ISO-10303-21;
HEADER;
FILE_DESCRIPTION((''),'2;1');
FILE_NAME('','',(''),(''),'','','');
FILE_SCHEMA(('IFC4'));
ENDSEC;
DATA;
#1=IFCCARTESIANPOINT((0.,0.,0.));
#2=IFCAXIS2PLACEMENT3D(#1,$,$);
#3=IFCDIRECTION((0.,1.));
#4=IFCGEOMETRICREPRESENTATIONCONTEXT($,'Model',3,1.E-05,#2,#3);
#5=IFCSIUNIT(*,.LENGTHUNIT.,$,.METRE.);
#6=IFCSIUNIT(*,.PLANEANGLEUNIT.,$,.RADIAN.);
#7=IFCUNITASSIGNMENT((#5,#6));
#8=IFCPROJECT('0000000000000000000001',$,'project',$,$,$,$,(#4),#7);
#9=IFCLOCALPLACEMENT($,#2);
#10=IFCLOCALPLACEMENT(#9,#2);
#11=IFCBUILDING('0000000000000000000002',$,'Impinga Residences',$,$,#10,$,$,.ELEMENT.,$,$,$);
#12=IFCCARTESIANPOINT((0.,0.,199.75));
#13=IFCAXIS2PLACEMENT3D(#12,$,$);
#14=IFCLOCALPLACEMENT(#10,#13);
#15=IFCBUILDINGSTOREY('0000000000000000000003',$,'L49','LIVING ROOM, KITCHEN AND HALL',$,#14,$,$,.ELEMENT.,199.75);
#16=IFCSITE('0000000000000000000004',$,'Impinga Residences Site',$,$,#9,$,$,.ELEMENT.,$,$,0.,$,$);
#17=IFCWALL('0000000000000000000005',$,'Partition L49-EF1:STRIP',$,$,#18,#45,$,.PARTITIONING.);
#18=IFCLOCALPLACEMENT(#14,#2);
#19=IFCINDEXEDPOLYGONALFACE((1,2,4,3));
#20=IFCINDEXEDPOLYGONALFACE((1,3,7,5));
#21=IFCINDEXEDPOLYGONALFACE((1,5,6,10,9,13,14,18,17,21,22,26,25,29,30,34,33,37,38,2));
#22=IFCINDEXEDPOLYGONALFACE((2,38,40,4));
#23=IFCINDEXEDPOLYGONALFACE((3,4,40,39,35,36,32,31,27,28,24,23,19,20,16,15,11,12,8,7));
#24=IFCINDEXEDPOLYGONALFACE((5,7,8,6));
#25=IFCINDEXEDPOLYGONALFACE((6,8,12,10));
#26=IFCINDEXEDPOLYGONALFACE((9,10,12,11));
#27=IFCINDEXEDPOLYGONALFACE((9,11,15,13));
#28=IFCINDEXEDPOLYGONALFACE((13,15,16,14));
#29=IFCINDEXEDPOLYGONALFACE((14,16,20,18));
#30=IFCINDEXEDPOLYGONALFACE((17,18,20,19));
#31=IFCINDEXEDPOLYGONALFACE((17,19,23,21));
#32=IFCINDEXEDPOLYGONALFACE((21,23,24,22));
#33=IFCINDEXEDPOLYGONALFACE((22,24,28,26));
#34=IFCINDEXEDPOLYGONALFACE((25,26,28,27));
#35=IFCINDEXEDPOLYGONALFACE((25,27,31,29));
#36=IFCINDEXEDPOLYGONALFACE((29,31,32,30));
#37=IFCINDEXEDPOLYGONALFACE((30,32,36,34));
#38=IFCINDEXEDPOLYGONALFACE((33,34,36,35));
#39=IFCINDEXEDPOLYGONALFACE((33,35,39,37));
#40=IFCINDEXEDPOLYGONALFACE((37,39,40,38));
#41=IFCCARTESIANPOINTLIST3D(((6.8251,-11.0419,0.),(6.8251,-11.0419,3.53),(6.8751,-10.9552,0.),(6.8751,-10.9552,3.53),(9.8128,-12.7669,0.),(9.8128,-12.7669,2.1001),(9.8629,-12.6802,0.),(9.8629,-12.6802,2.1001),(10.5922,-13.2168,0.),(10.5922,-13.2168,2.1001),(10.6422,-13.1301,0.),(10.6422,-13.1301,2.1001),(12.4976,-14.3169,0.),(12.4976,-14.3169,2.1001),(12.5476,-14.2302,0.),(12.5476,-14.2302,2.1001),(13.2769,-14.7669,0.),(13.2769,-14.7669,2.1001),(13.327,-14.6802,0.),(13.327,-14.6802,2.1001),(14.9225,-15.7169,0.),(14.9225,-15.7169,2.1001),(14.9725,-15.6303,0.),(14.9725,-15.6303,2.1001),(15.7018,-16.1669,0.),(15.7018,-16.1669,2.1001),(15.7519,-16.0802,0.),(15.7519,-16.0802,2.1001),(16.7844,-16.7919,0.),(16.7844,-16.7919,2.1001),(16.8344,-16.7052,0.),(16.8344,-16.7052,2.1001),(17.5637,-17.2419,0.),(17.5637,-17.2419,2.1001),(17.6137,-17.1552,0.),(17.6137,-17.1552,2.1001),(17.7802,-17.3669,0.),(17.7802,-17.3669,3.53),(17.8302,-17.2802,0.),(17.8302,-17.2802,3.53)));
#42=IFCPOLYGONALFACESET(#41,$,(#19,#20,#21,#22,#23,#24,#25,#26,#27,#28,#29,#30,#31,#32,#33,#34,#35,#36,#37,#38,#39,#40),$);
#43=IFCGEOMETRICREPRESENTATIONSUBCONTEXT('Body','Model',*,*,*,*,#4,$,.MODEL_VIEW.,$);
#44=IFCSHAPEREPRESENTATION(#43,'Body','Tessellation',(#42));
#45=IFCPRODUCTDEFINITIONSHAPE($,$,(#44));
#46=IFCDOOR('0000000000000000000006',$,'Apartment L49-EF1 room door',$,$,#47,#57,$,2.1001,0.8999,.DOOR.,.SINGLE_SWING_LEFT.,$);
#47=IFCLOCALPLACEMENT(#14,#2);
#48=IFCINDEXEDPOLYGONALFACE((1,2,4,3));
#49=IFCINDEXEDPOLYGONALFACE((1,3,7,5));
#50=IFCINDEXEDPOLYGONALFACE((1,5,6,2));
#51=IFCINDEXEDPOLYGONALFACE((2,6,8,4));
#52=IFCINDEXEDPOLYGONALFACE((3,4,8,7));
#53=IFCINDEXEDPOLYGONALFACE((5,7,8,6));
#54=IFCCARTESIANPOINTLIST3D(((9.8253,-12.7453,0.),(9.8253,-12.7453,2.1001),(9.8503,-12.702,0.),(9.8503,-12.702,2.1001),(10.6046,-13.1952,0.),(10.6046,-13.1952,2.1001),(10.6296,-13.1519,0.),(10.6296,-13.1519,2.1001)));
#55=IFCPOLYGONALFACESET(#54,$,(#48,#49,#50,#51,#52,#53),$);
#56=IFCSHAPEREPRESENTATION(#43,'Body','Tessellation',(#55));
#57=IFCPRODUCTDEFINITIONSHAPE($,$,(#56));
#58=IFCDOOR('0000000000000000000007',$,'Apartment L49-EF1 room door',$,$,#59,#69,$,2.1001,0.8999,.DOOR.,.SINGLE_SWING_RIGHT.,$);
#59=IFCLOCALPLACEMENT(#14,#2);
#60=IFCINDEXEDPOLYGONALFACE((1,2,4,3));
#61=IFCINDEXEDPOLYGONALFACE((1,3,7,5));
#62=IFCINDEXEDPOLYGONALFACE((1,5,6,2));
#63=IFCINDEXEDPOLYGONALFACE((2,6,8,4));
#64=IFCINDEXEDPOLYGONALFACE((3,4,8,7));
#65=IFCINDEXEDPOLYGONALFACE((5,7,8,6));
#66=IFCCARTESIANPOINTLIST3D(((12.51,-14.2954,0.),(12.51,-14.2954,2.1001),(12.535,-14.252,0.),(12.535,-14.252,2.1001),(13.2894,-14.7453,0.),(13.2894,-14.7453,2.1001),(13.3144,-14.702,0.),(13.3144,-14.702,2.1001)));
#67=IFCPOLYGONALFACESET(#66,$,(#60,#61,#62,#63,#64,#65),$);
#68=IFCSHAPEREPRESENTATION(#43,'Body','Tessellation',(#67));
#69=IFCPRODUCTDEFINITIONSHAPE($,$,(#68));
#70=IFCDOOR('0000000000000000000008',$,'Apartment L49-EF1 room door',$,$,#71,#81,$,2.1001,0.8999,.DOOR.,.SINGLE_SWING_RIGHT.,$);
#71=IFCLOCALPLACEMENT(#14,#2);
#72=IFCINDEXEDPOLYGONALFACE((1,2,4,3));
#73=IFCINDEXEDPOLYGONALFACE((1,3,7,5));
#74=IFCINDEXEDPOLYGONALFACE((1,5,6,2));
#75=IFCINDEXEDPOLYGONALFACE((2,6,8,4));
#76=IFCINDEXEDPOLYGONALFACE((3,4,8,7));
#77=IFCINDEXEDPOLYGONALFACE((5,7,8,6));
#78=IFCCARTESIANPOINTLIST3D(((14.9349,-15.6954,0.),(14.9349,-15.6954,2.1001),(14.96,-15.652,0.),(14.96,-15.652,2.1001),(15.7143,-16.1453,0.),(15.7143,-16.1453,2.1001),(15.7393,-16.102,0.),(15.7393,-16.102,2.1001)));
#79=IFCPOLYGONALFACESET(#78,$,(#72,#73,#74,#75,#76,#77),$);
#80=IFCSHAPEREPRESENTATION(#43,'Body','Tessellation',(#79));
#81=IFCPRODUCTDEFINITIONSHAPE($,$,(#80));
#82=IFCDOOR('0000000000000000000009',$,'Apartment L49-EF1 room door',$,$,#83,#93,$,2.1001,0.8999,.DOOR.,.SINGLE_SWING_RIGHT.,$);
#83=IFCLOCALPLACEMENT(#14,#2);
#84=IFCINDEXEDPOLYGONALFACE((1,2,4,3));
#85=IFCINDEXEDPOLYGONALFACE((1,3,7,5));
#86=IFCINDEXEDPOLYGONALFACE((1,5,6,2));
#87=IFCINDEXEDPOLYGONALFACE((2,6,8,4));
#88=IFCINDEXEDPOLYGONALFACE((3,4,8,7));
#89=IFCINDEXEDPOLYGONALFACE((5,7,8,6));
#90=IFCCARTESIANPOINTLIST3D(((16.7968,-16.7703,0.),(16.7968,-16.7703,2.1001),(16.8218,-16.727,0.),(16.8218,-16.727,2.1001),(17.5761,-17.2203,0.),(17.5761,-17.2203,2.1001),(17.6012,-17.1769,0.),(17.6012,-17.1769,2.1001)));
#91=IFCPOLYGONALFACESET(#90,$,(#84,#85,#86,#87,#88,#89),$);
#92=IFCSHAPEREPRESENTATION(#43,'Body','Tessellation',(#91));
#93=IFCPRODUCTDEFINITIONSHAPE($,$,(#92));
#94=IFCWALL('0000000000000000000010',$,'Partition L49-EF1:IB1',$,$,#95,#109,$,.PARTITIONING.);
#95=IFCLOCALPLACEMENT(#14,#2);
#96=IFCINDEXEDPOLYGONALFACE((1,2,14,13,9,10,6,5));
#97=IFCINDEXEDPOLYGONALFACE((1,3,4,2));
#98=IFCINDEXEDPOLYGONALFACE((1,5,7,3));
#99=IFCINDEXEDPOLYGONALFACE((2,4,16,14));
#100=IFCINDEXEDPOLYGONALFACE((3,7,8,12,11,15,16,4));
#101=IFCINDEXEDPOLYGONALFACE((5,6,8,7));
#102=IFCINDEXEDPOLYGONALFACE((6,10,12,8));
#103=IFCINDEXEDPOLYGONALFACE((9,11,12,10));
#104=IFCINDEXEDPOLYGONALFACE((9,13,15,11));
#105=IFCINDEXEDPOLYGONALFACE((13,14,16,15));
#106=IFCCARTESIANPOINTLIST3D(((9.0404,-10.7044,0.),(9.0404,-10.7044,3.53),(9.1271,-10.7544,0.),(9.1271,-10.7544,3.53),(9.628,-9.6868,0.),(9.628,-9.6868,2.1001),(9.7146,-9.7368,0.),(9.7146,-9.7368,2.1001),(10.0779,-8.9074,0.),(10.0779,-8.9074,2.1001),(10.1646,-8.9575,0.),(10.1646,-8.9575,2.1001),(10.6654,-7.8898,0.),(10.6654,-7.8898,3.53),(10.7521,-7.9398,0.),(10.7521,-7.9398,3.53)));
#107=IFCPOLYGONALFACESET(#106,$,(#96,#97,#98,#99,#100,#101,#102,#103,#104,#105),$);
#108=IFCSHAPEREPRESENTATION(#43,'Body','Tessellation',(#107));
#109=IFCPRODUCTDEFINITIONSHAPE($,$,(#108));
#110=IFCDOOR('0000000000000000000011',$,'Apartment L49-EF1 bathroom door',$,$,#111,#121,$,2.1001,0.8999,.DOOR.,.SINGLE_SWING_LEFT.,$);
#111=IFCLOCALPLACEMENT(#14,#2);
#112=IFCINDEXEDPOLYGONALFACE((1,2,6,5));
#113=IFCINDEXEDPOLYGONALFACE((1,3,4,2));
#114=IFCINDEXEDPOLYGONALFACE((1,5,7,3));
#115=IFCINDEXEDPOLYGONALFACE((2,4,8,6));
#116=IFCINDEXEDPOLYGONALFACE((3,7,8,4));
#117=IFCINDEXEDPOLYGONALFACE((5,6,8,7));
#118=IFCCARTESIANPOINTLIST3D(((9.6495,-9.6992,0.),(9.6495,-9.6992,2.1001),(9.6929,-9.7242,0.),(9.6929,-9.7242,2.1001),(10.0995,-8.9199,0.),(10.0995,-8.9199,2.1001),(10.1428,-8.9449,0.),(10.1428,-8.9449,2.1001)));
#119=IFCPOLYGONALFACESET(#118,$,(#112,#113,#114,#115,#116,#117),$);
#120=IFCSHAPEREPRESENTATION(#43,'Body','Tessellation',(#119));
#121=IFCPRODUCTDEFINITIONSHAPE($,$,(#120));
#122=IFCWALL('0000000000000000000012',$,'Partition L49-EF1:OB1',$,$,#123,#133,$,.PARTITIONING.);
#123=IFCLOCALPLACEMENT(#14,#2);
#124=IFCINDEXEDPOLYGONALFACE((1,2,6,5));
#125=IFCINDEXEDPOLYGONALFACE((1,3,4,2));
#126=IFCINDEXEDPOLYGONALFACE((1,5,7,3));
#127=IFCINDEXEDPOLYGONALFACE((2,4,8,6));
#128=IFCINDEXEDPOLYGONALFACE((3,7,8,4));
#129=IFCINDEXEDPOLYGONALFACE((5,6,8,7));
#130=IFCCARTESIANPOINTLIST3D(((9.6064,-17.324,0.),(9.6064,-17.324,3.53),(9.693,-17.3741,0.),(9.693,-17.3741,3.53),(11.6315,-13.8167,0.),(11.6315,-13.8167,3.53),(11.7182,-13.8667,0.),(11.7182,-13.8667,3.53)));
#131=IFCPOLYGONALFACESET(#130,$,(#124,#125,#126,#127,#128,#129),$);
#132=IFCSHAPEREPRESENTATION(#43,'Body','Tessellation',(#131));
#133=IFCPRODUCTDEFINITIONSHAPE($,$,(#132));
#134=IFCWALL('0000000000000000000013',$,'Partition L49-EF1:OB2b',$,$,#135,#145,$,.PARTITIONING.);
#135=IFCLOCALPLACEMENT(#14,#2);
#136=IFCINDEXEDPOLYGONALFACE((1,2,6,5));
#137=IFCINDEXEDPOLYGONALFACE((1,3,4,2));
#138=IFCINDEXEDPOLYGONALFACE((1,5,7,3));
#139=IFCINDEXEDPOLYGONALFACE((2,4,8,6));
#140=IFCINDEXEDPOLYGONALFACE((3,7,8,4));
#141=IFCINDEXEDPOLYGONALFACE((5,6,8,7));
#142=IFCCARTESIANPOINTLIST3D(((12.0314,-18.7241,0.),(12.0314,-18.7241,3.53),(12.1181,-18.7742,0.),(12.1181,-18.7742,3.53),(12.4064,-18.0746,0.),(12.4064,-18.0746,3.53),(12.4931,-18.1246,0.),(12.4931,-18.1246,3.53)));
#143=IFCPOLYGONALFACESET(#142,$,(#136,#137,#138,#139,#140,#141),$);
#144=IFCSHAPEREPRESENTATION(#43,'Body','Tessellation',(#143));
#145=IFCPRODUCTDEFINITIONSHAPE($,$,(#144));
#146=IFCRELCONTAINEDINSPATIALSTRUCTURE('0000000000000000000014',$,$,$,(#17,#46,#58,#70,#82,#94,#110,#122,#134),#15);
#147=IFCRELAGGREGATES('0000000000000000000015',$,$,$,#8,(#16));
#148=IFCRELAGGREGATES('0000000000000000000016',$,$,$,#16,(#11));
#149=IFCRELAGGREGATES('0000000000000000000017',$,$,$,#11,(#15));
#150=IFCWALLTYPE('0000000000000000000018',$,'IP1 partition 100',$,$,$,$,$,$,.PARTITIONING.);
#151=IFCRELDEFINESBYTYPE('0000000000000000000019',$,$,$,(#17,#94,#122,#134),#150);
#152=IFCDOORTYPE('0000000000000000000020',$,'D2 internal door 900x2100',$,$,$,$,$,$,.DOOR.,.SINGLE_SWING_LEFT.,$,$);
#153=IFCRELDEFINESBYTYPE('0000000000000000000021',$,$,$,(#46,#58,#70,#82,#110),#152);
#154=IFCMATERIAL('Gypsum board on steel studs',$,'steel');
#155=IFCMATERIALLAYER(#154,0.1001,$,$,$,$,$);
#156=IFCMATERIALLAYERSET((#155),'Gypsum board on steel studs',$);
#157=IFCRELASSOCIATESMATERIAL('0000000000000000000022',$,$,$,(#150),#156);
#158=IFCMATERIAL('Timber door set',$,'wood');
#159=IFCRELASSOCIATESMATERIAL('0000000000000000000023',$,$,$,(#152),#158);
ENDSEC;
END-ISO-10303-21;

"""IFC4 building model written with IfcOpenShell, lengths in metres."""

from ifc_helpers import new_model, si_unit, direction, frame, frame_2d, origin, place, context, subcontext, project, spatial, rectangle, extrude, material, layer, layer_set, type_object, element, fill, save


model = new_model("IFC4")

# Units and contexts
model_context = context("Model", 3, precision=1e-05, world=origin(), true_north=direction((0.0, 1.0)))
body_context = subcontext(model_context, "Body", "Model", "MODEL_VIEW")
ifc_project = project(units=[si_unit("LENGTHUNIT", "METRE"), si_unit("PLANEANGLEUNIT", "RADIAN")], contexts=[model_context])

# Site, building, storey
site_placement = place(None, origin())
site = spatial("IfcSite", under=ifc_project, at=site_placement, Name="Impinga Residences Site", CompositionType="ELEMENT", RefElevation=0.0)
building_placement = place(site_placement, origin())
building = spatial("IfcBuilding", under=site, at=building_placement, Name="Impinga Residences", CompositionType="ELEMENT")
storey_placement = place(building_placement, frame((0.0, 0.0, 199.75)))
storey = spatial("IfcBuildingStorey", under=building, at=storey_placement, Name="L49", Description="LIVING ROOM, KITCHEN AND HALL", CompositionType="ELEMENT", Elevation=199.75)

# Shared definitions
ifc_material_1 = material(Name="Timber door set", Category="wood")

# Shared definitions
ifc_material_2 = material(Name="Gypsum board on steel studs", Category="steel")
ifc_layer_1 = layer(ifc_material_2, 0.1001)
ifc_layer_set_1 = layer_set([ifc_layer_1], Name="Gypsum board on steel studs")
wall_type_1 = type_object("IfcWallType", Name="IP1 partition 100", PredefinedType="PARTITIONING", material=ifc_layer_set_1)

# Wall, openings, doors
wall_1_placement = place(storey_placement, frame((6.8501, -10.9985, 0.0), z_axis=(0.0, 0.0, 1.0), x_axis=(0.866024, -0.500002, 0.0)))
wall_1 = element("IfcWall", 1, at=wall_1_placement, inside=storey, type_object=wall_type_1, Name="Partition L49-EF1:STRIP", PredefinedType="PARTITIONING", context=body_context, shape_type="SweptSolid", body=[
    extrude(rectangle(XDim=12.6499, YDim=0.1001, at=frame_2d((6.325, 0.0))), origin(), (0.0, 0.0, 1.0), 3.53),
])
opening_1_placement = place(wall_1_placement, frame((3.45, 0.0, 0.0)))
opening_1 = element("IfcOpeningElement", 2, at=opening_1_placement, cuts=wall_1, PredefinedType="OPENING", context=body_context, shape_type="SweptSolid", body=[
    extrude(rectangle(XDim=0.8999, YDim=2.1001, at=frame_2d((0.45, 1.05))), frame((0.0, 0.0601, 0.0), z_axis=(0.0, -1.0, 0.0), x_axis=(1.0, 0.0, 0.0)), (0.0, 0.0, 1.0), 0.1201),
])
opening_2_placement = place(wall_1_placement, frame((6.55, 0.0, 0.0)))
opening_2 = element("IfcOpeningElement", 3, at=opening_2_placement, cuts=wall_1, PredefinedType="OPENING", context=body_context, shape_type="SweptSolid", body=[
    extrude(rectangle(XDim=0.8999, YDim=2.1001, at=frame_2d((0.45, 1.05))), frame((0.0, 0.0601, 0.0), z_axis=(0.0, -1.0, 0.0), x_axis=(1.0, 0.0, 0.0)), (0.0, 0.0, 1.0), 0.1201),
])
opening_3_placement = place(wall_1_placement, frame((9.3501, 0.0, 0.0)))
opening_3 = element("IfcOpeningElement", 4, at=opening_3_placement, cuts=wall_1, PredefinedType="OPENING", context=body_context, shape_type="SweptSolid", body=[
    extrude(rectangle(XDim=0.8999, YDim=2.1001, at=frame_2d((0.45, 1.05))), frame((0.0, 0.0601, 0.0), z_axis=(0.0, -1.0, 0.0), x_axis=(1.0, 0.0, 0.0)), (0.0, 0.0, 1.0), 0.1201),
])
opening_4_placement = place(wall_1_placement, frame((11.5, 0.0, 0.0)))
opening_4 = element("IfcOpeningElement", 5, at=opening_4_placement, cuts=wall_1, PredefinedType="OPENING", context=body_context, shape_type="SweptSolid", body=[
    extrude(rectangle(XDim=0.8999, YDim=2.1001, at=frame_2d((0.45, 1.05))), frame((0.0, 0.0601, 0.0), z_axis=(0.0, -1.0, 0.0), x_axis=(1.0, 0.0, 0.0)), (0.0, 0.0, 1.0), 0.1201),
])
door_type_1 = type_object("IfcDoorType", Name="D2 internal door 900x2100", OperationType="SINGLE_SWING_LEFT", PredefinedType="DOOR", material=ifc_material_1)
door_1_placement = place(opening_1_placement, origin())
door_1 = element("IfcDoor", 6, at=door_1_placement, inside=storey, type_object=door_type_1, Name="Apartment L49-EF1 room door", OperationType="SINGLE_SWING_LEFT", OverallHeight=2.1001, OverallWidth=0.8999, PredefinedType="DOOR", context=body_context, shape_type="SweptSolid", body=[
    extrude(rectangle(XDim=0.8999, YDim=2.1001, at=frame_2d((0.45, 1.05))), frame((0.0, 0.0249, 0.0), z_axis=(0.0, -1.0, 0.0), x_axis=(1.0, 0.0, 0.0)), (0.0, 0.0, 1.0), 0.05),
])
fill(opening_1, door_1)
door_2_placement = place(opening_2_placement, origin())
door_2 = element("IfcDoor", 7, at=door_2_placement, inside=storey, type_object=door_type_1, Name="Apartment L49-EF1 room door", OperationType="SINGLE_SWING_RIGHT", OverallHeight=2.1001, OverallWidth=0.8999, PredefinedType="DOOR", context=body_context, shape_type="SweptSolid", body=[
    extrude(rectangle(XDim=0.8999, YDim=2.1001, at=frame_2d((0.45, 1.05))), frame((0.0, 0.0249, 0.0), z_axis=(0.0, -1.0, 0.0), x_axis=(1.0, 0.0, 0.0)), (0.0, 0.0, 1.0), 0.05),
])
fill(opening_2, door_2)
door_3_placement = place(opening_3_placement, origin())
door_3 = element("IfcDoor", 8, at=door_3_placement, inside=storey, type_object=door_type_1, Name="Apartment L49-EF1 room door", OperationType="SINGLE_SWING_RIGHT", OverallHeight=2.1001, OverallWidth=0.8999, PredefinedType="DOOR", context=body_context, shape_type="SweptSolid", body=[
    extrude(rectangle(XDim=0.8999, YDim=2.1001, at=frame_2d((0.45, 1.05))), frame((0.0, 0.0249, 0.0), z_axis=(0.0, -1.0, 0.0), x_axis=(1.0, 0.0, 0.0)), (0.0, 0.0, 1.0), 0.05),
])
fill(opening_3, door_3)
door_4_placement = place(opening_4_placement, origin())
door_4 = element("IfcDoor", 9, at=door_4_placement, inside=storey, type_object=door_type_1, Name="Apartment L49-EF1 room door", OperationType="SINGLE_SWING_RIGHT", OverallHeight=2.1001, OverallWidth=0.8999, PredefinedType="DOOR", context=body_context, shape_type="SweptSolid", body=[
    extrude(rectangle(XDim=0.8999, YDim=2.1001, at=frame_2d((0.45, 1.05))), frame((0.0, 0.0249, 0.0), z_axis=(0.0, -1.0, 0.0), x_axis=(1.0, 0.0, 0.0)), (0.0, 0.0, 1.0), 0.05),
])
fill(opening_4, door_4)

# Wall, opening, door
wall_2_placement = place(storey_placement, frame((10.7087, -7.9148, 0.0), z_axis=(0.0, 0.0, 1.0), x_axis=(-0.499985, -0.866034, 0.0)))
wall_2 = element("IfcWall", 10, at=wall_2_placement, inside=storey, type_object=wall_type_1, Name="Partition L49-EF1:IB1", PredefinedType="PARTITIONING", context=body_context, shape_type="SweptSolid", body=[
    extrude(rectangle(XDim=3.25, YDim=0.1001, at=frame_2d((1.625, 0.0))), origin(), (0.0, 0.0, 1.0), 3.53),
])
opening_5_placement = place(wall_2_placement, frame((1.175, 0.0, 0.0)))
opening_5 = element("IfcOpeningElement", 11, at=opening_5_placement, cuts=wall_2, PredefinedType="OPENING", context=body_context, shape_type="SweptSolid", body=[
    extrude(rectangle(XDim=0.8999, YDim=2.1001, at=frame_2d((0.45, 1.05))), frame((0.0, 0.0601, 0.0), z_axis=(0.0, -1.0, 0.0), x_axis=(1.0, 0.0, 0.0)), (0.0, 0.0, 1.0), 0.1201),
])
door_5_placement = place(opening_5_placement, origin())
door_5 = element("IfcDoor", 12, at=door_5_placement, inside=storey, type_object=door_type_1, Name="Apartment L49-EF1 bathroom door", OperationType="SINGLE_SWING_LEFT", OverallHeight=2.1001, OverallWidth=0.8999, PredefinedType="DOOR", context=body_context, shape_type="SweptSolid", body=[
    extrude(rectangle(XDim=0.8999, YDim=2.1001, at=frame_2d((0.45, 1.05))), frame((0.0, 0.0249, 0.0), z_axis=(0.0, -1.0, 0.0), x_axis=(1.0, 0.0, 0.0)), (0.0, 0.0, 1.0), 0.05),
])
fill(opening_5, door_5)

# Walls
wall_3_placement = place(storey_placement, frame((11.6748, -13.8418, 0.0), z_axis=(0.0, 0.0, 1.0), x_axis=(-0.500036, -0.866005, 0.0)))
element("IfcWall", 13, at=wall_3_placement, inside=storey, type_object=wall_type_1, Name="Partition L49-EF1:OB1", PredefinedType="PARTITIONING", context=body_context, shape_type="SweptSolid", body=[
    extrude(rectangle(XDim=4.05, YDim=0.1001, at=frame_2d((2.0249, 0.0))), origin(), (0.0, 0.0, 1.0), 3.53),
])
wall_4_placement = place(storey_placement, frame((12.4497, -18.0996, 0.0), z_axis=(0.0, 0.0, 1.0), x_axis=(-0.49992, -0.866072, 0.0)))
element("IfcWall", 14, at=wall_4_placement, inside=storey, type_object=wall_type_1, Name="Partition L49-EF1:OB2b", PredefinedType="PARTITIONING", context=body_context, shape_type="SweptSolid", body=[
    extrude(rectangle(XDim=0.75, YDim=0.1001, at=frame_2d((0.375, 0.0))), origin(), (0.0, 0.0, 1.0), 3.53),
])

save(model, "model.ifc")
